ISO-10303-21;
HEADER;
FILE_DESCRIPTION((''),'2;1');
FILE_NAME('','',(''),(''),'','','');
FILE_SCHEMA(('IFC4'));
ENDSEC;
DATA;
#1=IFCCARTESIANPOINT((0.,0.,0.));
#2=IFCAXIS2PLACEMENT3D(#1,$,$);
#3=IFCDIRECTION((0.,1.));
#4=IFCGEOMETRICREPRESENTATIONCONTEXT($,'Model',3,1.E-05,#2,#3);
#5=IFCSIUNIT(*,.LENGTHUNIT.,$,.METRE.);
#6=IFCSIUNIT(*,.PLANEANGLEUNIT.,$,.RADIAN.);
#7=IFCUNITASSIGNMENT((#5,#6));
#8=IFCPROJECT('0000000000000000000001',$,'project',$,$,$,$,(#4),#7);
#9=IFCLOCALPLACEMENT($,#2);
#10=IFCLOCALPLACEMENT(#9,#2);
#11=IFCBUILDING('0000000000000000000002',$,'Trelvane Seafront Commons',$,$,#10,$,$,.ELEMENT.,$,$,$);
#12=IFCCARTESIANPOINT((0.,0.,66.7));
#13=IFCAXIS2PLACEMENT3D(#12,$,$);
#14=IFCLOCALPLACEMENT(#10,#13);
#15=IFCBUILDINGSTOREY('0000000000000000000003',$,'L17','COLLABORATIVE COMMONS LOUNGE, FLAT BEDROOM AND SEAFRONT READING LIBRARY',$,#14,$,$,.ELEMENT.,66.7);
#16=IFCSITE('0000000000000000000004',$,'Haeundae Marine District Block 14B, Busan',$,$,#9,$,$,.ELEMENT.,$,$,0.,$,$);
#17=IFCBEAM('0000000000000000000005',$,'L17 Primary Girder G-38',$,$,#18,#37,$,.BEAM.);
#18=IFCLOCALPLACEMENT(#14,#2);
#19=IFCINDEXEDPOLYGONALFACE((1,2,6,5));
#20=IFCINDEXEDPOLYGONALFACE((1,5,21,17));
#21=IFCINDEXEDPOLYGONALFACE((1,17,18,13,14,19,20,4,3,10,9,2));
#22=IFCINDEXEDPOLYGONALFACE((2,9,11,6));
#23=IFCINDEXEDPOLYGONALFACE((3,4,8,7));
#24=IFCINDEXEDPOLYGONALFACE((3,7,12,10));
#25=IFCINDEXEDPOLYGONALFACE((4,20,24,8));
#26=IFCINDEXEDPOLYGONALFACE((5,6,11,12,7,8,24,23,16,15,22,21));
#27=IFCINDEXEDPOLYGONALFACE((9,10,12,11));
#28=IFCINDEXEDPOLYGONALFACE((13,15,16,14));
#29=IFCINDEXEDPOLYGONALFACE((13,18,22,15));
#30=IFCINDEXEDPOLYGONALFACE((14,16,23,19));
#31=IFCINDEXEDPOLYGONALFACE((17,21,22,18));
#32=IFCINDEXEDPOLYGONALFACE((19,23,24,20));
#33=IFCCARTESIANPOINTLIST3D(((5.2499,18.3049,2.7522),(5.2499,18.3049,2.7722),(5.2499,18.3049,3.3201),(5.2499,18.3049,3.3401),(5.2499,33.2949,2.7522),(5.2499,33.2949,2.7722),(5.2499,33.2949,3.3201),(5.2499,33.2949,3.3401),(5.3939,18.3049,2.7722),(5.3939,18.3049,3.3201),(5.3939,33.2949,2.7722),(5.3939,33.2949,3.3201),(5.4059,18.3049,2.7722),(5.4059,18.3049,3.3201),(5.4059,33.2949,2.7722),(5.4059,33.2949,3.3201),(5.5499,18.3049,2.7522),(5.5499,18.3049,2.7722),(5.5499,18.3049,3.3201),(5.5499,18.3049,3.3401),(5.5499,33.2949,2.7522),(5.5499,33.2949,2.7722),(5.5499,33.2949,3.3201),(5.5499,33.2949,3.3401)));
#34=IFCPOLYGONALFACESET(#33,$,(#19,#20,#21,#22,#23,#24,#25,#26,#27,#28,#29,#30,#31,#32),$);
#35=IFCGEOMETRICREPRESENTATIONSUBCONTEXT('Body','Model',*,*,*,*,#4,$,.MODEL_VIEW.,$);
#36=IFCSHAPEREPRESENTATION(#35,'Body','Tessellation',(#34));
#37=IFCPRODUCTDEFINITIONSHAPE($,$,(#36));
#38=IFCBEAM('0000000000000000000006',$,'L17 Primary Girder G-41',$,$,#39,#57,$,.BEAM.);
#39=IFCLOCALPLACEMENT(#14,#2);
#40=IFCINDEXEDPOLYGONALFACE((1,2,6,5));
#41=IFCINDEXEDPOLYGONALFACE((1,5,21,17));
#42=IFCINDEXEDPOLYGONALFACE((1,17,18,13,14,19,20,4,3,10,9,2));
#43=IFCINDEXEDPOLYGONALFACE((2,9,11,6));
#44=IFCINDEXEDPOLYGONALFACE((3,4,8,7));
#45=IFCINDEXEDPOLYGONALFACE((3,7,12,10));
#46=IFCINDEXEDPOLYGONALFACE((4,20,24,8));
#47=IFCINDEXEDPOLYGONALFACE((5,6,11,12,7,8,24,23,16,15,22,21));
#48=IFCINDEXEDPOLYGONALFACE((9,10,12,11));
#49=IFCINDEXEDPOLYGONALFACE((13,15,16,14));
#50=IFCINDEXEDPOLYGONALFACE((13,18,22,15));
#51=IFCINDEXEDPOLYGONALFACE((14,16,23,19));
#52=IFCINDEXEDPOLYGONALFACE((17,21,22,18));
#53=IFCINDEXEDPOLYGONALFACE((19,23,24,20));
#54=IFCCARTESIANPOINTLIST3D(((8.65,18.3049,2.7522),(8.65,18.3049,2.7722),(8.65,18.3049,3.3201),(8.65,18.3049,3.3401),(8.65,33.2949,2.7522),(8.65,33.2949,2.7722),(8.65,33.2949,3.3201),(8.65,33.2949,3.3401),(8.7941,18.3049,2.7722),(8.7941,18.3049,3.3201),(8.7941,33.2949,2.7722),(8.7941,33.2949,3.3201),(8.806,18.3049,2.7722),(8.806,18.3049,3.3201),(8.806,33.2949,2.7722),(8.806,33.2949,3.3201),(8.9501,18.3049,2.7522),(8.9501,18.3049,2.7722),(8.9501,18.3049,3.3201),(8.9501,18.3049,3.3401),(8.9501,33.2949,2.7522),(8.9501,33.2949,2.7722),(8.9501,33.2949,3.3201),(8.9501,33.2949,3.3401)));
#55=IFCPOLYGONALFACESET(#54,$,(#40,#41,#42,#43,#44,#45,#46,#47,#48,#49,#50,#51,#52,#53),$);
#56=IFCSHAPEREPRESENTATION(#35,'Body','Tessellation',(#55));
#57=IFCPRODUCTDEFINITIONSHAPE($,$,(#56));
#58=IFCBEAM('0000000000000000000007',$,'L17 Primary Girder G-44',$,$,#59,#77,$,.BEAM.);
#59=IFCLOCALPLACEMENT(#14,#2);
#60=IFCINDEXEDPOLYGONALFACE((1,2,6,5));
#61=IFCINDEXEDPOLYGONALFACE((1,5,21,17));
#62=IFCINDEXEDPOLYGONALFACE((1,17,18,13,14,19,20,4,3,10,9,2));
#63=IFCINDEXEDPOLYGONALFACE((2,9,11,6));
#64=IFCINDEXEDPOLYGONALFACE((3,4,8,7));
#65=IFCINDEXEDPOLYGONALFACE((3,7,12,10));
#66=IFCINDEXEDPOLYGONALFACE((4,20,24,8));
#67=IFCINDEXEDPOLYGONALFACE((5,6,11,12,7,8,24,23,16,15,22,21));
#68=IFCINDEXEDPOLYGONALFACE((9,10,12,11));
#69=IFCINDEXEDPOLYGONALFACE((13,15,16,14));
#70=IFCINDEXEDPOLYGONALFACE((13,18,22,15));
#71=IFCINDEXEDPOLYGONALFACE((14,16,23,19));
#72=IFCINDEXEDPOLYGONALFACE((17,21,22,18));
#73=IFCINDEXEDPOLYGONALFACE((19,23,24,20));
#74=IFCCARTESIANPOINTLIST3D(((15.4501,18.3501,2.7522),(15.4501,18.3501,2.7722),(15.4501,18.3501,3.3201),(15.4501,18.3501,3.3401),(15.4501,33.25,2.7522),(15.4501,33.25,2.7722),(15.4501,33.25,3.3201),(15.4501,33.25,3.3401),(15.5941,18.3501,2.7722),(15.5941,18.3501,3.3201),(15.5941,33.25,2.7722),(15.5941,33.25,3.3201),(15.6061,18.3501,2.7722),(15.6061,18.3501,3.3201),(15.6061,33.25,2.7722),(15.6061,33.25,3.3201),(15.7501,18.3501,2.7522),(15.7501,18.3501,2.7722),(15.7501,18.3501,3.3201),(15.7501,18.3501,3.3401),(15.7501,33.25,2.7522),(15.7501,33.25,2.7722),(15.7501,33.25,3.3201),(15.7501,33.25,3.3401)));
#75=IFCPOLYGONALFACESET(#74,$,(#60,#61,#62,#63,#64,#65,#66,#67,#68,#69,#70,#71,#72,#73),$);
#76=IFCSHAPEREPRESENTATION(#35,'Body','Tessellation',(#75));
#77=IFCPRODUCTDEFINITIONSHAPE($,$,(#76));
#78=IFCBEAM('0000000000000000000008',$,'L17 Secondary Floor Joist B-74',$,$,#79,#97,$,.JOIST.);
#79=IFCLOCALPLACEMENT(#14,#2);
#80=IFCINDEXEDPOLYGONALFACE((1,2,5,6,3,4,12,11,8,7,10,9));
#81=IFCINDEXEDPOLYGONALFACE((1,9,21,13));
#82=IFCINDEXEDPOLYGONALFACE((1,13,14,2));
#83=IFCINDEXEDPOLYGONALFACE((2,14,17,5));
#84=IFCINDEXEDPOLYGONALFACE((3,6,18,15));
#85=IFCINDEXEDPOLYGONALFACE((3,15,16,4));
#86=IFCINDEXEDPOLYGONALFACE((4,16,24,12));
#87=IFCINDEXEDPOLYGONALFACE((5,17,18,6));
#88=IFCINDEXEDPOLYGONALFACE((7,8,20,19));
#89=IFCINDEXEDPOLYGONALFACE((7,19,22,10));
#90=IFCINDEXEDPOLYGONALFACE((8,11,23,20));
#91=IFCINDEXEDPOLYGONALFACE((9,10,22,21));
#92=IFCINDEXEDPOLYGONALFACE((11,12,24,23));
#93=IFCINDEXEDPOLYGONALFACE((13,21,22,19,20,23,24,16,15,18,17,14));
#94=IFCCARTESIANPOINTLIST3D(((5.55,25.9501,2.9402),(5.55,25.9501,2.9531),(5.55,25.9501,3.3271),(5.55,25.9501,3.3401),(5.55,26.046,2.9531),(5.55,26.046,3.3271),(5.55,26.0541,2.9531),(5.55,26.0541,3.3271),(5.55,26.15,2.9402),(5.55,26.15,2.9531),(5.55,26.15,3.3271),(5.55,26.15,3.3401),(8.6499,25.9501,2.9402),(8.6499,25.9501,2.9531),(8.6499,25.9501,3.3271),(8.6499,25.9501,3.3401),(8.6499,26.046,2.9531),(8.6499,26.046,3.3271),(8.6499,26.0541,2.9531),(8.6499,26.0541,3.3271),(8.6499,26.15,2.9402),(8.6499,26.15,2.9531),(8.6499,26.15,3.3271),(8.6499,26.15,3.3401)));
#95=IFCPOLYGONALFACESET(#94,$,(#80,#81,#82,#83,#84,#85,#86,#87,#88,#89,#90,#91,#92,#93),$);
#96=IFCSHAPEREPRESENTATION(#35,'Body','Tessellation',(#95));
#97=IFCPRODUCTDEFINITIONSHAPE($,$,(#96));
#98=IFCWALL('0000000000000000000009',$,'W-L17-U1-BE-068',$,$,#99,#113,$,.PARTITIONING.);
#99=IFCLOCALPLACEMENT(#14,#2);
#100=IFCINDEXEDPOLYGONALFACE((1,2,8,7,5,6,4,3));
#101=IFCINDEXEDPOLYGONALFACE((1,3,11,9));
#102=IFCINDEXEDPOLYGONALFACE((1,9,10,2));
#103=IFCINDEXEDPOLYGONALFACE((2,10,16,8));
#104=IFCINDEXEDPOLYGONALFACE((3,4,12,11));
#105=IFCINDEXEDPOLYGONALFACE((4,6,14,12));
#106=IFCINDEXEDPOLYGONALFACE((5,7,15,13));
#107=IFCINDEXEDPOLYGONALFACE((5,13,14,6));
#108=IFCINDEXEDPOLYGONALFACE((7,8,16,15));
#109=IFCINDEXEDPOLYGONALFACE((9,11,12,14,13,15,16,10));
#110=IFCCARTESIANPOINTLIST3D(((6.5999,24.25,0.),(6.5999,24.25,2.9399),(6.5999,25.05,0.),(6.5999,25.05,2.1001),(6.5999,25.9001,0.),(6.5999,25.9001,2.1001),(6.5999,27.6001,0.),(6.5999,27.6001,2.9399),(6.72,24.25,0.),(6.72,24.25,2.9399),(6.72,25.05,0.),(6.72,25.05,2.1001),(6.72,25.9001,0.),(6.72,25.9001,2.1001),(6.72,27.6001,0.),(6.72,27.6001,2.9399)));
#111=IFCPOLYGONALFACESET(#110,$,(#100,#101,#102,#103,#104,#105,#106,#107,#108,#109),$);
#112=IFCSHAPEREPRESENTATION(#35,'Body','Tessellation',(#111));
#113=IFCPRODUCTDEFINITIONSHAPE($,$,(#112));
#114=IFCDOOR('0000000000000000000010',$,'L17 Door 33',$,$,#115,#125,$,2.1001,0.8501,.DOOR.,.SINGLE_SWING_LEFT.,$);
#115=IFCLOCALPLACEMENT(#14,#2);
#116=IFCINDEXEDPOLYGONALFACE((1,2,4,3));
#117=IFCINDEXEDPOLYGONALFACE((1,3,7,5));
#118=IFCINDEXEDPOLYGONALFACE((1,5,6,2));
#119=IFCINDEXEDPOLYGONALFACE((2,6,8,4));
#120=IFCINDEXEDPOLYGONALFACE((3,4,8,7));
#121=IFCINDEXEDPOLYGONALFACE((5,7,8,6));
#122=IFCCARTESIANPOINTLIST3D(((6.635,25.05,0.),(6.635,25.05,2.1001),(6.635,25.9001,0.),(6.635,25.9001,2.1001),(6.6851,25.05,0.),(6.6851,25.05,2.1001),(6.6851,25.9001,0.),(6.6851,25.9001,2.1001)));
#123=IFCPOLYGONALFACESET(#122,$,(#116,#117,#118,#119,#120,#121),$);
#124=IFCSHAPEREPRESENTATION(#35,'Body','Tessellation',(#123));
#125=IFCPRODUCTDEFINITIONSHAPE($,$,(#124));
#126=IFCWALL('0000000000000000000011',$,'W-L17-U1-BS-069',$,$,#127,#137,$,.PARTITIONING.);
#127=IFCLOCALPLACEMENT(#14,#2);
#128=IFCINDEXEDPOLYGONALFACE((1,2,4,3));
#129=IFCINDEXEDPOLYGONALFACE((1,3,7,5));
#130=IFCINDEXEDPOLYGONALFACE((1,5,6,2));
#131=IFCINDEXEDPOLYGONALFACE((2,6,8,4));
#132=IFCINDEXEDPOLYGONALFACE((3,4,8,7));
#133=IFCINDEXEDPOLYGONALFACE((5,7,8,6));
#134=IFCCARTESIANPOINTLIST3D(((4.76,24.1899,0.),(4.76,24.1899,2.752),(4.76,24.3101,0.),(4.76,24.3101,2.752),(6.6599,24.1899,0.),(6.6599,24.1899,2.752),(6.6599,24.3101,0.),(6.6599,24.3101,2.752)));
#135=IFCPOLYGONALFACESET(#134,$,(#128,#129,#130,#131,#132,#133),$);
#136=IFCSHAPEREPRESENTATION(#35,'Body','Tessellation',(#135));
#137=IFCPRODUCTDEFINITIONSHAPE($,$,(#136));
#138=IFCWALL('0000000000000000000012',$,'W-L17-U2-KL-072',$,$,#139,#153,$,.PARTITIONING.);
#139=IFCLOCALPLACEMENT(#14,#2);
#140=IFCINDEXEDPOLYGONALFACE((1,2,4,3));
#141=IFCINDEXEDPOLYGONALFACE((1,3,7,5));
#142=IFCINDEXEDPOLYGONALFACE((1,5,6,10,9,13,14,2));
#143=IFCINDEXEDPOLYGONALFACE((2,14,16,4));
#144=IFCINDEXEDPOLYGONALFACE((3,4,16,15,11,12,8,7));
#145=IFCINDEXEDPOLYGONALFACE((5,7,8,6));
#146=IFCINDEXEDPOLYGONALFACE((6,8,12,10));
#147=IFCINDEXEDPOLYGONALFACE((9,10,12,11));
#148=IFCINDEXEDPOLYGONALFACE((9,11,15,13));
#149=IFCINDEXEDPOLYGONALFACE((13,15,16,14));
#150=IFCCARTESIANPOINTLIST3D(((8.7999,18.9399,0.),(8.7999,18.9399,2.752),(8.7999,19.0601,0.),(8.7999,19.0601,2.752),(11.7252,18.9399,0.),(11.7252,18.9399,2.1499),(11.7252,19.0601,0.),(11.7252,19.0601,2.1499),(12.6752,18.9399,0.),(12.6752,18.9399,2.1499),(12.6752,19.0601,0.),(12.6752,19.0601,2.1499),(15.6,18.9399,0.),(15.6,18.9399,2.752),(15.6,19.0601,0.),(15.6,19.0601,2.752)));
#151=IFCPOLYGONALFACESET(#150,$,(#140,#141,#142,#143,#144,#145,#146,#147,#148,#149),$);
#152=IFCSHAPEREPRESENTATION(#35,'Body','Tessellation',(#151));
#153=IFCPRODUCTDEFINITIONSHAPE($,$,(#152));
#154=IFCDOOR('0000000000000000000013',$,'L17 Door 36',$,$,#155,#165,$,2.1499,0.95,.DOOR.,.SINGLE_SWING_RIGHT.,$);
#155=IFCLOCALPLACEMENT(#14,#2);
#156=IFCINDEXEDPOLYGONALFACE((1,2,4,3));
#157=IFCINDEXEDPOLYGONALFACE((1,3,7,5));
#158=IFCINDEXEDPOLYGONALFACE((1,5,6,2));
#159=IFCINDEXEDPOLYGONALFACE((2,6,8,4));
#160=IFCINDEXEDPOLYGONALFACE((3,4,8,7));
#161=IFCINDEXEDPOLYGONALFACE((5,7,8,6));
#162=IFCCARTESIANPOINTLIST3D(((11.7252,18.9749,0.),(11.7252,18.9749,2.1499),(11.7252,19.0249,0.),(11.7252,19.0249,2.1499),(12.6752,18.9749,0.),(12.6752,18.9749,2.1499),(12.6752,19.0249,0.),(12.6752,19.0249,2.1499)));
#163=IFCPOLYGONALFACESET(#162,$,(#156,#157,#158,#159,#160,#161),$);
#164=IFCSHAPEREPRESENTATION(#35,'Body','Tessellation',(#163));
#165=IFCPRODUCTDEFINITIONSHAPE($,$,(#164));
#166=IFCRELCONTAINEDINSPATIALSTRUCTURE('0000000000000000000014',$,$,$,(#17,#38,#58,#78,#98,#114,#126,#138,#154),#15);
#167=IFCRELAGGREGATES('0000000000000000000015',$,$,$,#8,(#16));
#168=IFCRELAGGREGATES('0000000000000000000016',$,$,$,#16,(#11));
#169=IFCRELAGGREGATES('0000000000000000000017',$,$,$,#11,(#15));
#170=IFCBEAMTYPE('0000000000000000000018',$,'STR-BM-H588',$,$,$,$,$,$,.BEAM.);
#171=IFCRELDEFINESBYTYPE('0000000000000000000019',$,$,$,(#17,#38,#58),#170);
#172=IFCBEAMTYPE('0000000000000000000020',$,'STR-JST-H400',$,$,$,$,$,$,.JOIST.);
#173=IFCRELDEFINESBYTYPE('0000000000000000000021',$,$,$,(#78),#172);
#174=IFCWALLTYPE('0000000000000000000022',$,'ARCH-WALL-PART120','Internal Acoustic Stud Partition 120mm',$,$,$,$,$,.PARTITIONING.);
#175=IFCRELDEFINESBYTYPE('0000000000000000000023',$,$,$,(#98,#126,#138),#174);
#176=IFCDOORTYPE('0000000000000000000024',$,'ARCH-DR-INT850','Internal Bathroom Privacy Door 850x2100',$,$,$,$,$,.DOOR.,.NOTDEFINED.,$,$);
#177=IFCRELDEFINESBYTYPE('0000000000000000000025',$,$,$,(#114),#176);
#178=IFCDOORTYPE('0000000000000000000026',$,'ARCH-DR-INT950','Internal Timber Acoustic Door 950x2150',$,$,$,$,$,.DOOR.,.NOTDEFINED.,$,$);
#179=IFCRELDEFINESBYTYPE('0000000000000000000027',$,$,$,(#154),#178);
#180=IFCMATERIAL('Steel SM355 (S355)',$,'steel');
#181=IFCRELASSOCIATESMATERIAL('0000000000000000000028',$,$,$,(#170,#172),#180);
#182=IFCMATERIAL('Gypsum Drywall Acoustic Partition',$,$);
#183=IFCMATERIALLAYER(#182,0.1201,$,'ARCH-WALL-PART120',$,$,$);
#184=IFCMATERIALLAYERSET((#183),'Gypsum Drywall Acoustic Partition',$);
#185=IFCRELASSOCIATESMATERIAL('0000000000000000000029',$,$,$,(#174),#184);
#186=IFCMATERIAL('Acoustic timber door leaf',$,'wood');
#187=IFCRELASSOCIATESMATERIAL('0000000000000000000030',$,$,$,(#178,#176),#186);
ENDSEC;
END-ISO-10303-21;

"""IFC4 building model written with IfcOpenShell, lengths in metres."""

from ifc_helpers import new_model, si_unit, direction, frame, frame_2d, origin, origin_2d, place, context, subcontext, project, spatial, rectangle, i_section, extrude, source, transform, mapped, material, layer, layer_set, material_profile, profile_set, type_object, element, fill, save


model = new_model("IFC4")

# Units and contexts
model_context = context("Model", 3, precision=1e-05, world=origin(), true_north=direction((0.0, 1.0)))
body_context = subcontext(model_context, "Body", "Model", "MODEL_VIEW")
ifc_project = project(units=[si_unit("LENGTHUNIT", "METRE"), si_unit("PLANEANGLEUNIT", "RADIAN")], contexts=[model_context])

# Site, building, storey
site_placement = place(None, origin())
site = spatial("IfcSite", under=ifc_project, at=site_placement, Name="Haeundae Marine District Block 14B, Busan", CompositionType="ELEMENT", RefElevation=0.0)
building_placement = place(site_placement, origin())
building = spatial("IfcBuilding", under=site, at=building_placement, Name="Trelvane Seafront Commons", CompositionType="ELEMENT")
storey_placement = place(building_placement, frame((0.0, 0.0, 66.7)))
storey = spatial("IfcBuildingStorey", under=building, at=storey_placement, Name="L17", Description="COLLABORATIVE COMMONS LOUNGE, FLAT BEDROOM AND SEAFRONT READING LIBRARY", CompositionType="ELEMENT", Elevation=66.7)

# Beams
ifc_material_1 = material(Name="Steel SM355 (S355)", Category="steel")
ifc_material_profile_1 = material_profile(ifc_material_1, i_section(OverallWidth=0.3, OverallDepth=0.5879, WebThickness=0.012, FlangeThickness=0.02, at=origin_2d()), Name="H-588x300x12x20")
ifc_profile_set_1 = profile_set([ifc_material_profile_1], Name="Steel SM355 (S355)")
beam_type_1 = type_object("IfcBeamType", Name="STR-BM-H588", PredefinedType="BEAM", material=ifc_profile_set_1)
shared_shape_1 = source(origin(), body_context, "Body", "SweptSolid", [
    extrude(i_section(OverallWidth=0.3, OverallDepth=0.5879, WebThickness=0.012, FlangeThickness=0.02, at=origin_2d()), origin(), (0.0, 0.0, 1.0), 14.99),
])
for number, where, z_axis, x_axis, name in (
    (1, (5.3999, 18.3049, 3.0461), (0.0, 1.0, 0.0), (-1.0, 0.0, 0.0), "L17 Primary Girder G-38"),
    (2, (8.8, 18.3049, 3.0461), (0.0, 1.0, 0.0), (-1.0, 0.0, 0.0), "L17 Primary Girder G-41"),
):
    element("IfcBeam", number, at=place(storey_placement, frame(where, z_axis=z_axis, x_axis=x_axis)), inside=storey, type_object=beam_type_1, Name=name, PredefinedType="BEAM", context=body_context, shape_type="MappedRepresentation", body=[
        mapped(shared_shape_1, transform((0.0, 0.0, 0.0), x_axis=(1.0, 0.0, 0.0), y_axis=(0.0, 1.0, 0.0), z_axis=(0.0, 0.0, 1.0), scale=1.0)),
    ])
shared_shape_2 = source(origin(), body_context, "Body", "SweptSolid", [
    extrude(i_section(OverallWidth=0.3, OverallDepth=0.5879, WebThickness=0.012, FlangeThickness=0.02, at=origin_2d()), origin(), (0.0, 0.0, 1.0), 14.8999),
])
beam_1_placement = place(storey_placement, frame((15.6001, 18.3501, 3.0461), z_axis=(0.0, 1.0, 0.0), x_axis=(-1.0, 0.0, 0.0)))
element("IfcBeam", 3, at=beam_1_placement, inside=storey, type_object=beam_type_1, Name="L17 Primary Girder G-44", PredefinedType="BEAM", context=body_context, shape_type="MappedRepresentation", body=[
    mapped(shared_shape_2, transform((0.0, 0.0, 0.0), x_axis=(1.0, 0.0, 0.0), y_axis=(0.0, 1.0, 0.0), z_axis=(0.0, 0.0, 1.0), scale=1.0)),
])
ifc_material_profile_2 = material_profile(ifc_material_1, i_section(OverallWidth=0.2, OverallDepth=0.3999, WebThickness=0.0081, FlangeThickness=0.0129, at=origin_2d()), Name="H-400x200x8x13")
ifc_profile_set_2 = profile_set([ifc_material_profile_2], Name="Steel SM355 (S355)")
beam_type_2 = type_object("IfcBeamType", Name="STR-JST-H400", PredefinedType="JOIST", material=ifc_profile_set_2)
shared_shape_3 = source(origin(), body_context, "Body", "SweptSolid", [
    extrude(i_section(OverallWidth=0.2, OverallDepth=0.3999, WebThickness=0.0081, FlangeThickness=0.0129, at=origin_2d()), origin(), (0.0, 0.0, 1.0), 3.0999),
])
beam_2_placement = place(storey_placement, frame((5.55, 26.05, 3.1401), z_axis=(1.0, 0.0, 0.0), x_axis=(0.0, 1.0, 0.0)))
element("IfcBeam", 4, at=beam_2_placement, inside=storey, type_object=beam_type_2, Name="L17 Secondary Floor Joist B-74", PredefinedType="JOIST", context=body_context, shape_type="MappedRepresentation", body=[
    mapped(shared_shape_3, transform((0.0, 0.0, 0.0), x_axis=(1.0, 0.0, 0.0), y_axis=(0.0, 1.0, 0.0), z_axis=(0.0, 0.0, 1.0), scale=1.0)),
])

# Wall, opening, door
ifc_material_2 = material(Name="Gypsum Drywall Acoustic Partition")
ifc_layer_1 = layer(ifc_material_2, 0.1201, Name="ARCH-WALL-PART120")
ifc_layer_set_1 = layer_set([ifc_layer_1], Name="Gypsum Drywall Acoustic Partition")
wall_type = type_object("IfcWallType", Name="ARCH-WALL-PART120", Description="Internal Acoustic Stud Partition 120mm", PredefinedType="PARTITIONING", material=ifc_layer_set_1)
ifc_material_3 = material(Name="Acoustic timber door leaf", Category="wood")
door_type_1 = type_object("IfcDoorType", Name="ARCH-DR-INT950", Description="Internal Timber Acoustic Door 950x2150", OperationType="NOTDEFINED", PredefinedType="DOOR", material=ifc_material_3)
shared_shape_4 = source(origin(), body_context, "Body", "SweptSolid", [
    extrude(rectangle(XDim=0.95, YDim=2.1499, at=frame_2d((0.4751, 1.075))), frame((0.0, 0.0249, 0.0), z_axis=(0.0, -1.0, 0.0), x_axis=(1.0, 0.0, 0.0)), (0.0, 0.0, 1.0), 0.05),
])
wall_1_placement = place(storey_placement, frame((6.6599, 24.25, 0.0), z_axis=(0.0, 0.0, 1.0), x_axis=(0.0, 1.0, 0.0)))
wall_1 = element("IfcWall", 5, at=wall_1_placement, inside=storey, type_object=wall_type, Name="W-L17-U1-BE-068", PredefinedType="PARTITIONING", context=body_context, shape_type="SweptSolid", body=[
    extrude(rectangle(XDim=3.3501, YDim=0.1201, at=frame_2d((1.675, 0.0))), origin(), (0.0, 0.0, 1.0), 2.9399),
])
opening_1_placement = place(wall_1_placement, frame((0.8, 0.0, 0.0)))
opening_1 = element("IfcOpeningElement", 6, at=opening_1_placement, cuts=wall_1, PredefinedType="OPENING", context=body_context, shape_type="SweptSolid", body=[
    extrude(rectangle(XDim=0.8501, YDim=2.1001, at=frame_2d((0.425, 1.05))), frame((0.0, 0.0701, 0.0), z_axis=(0.0, -1.0, 0.0), x_axis=(1.0, 0.0, 0.0)), (0.0, 0.0, 1.0), 0.1401),
])
door_type_2 = type_object("IfcDoorType", Name="ARCH-DR-INT850", Description="Internal Bathroom Privacy Door 850x2100", OperationType="NOTDEFINED", PredefinedType="DOOR", material=ifc_material_3)
shared_shape_5 = source(origin(), body_context, "Body", "SweptSolid", [
    extrude(rectangle(XDim=0.8501, YDim=2.1001, at=frame_2d((0.425, 1.05))), frame((0.0, 0.0249, 0.0), z_axis=(0.0, -1.0, 0.0), x_axis=(1.0, 0.0, 0.0)), (0.0, 0.0, 1.0), 0.05),
])
door_1_placement = place(opening_1_placement, origin())
door_1 = element("IfcDoor", 7, at=door_1_placement, inside=storey, type_object=door_type_2, Name="L17 Door 33", OperationType="SINGLE_SWING_LEFT", OverallHeight=2.1001, OverallWidth=0.8501, PredefinedType="DOOR", context=body_context, shape_type="MappedRepresentation", body=[
    mapped(shared_shape_5, transform((0.0, 0.0, 0.0), x_axis=(1.0, 0.0, 0.0), y_axis=(0.0, 1.0, 0.0), z_axis=(0.0, 0.0, 1.0), scale=1.0)),
])
fill(opening_1, door_1)

# Wall
wall_2_placement = place(storey_placement, frame((4.76, 24.25, 0.0), z_axis=(0.0, 0.0, 1.0), x_axis=(1.0, 0.0, 0.0)))
element("IfcWall", 8, at=wall_2_placement, inside=storey, type_object=wall_type, Name="W-L17-U1-BS-069", PredefinedType="PARTITIONING", context=body_context, shape_type="SweptSolid", body=[
    extrude(rectangle(XDim=1.8999, YDim=0.1201, at=frame_2d((0.95, 0.0))), origin(), (0.0, 0.0, 1.0), 2.752),
])

# Wall, opening, door
wall_3_placement = place(storey_placement, frame((8.8, 19.0, 0.0), z_axis=(0.0, 0.0, 1.0), x_axis=(1.0, 0.0, 0.0)))
wall_3 = element("IfcWall", 9, at=wall_3_placement, inside=storey, type_object=wall_type, Name="W-L17-U2-KL-072", PredefinedType="PARTITIONING", context=body_context, shape_type="SweptSolid", body=[
    extrude(rectangle(XDim=6.8, YDim=0.1201, at=frame_2d((3.3999, 0.0))), origin(), (0.0, 0.0, 1.0), 2.752),
])
opening_2_placement = place(wall_3_placement, frame((2.925, 0.0, 0.0)))
opening_2 = element("IfcOpeningElement", 10, at=opening_2_placement, cuts=wall_3, PredefinedType="OPENING", context=body_context, shape_type="SweptSolid", body=[
    extrude(rectangle(XDim=0.95, YDim=2.1499, at=frame_2d((0.4751, 1.075))), frame((0.0, 0.0701, 0.0), z_axis=(0.0, -1.0, 0.0), x_axis=(1.0, 0.0, 0.0)), (0.0, 0.0, 1.0), 0.1401),
])
door_2_placement = place(opening_2_placement, origin())
door_2 = element("IfcDoor", 11, at=door_2_placement, inside=storey, type_object=door_type_1, Name="L17 Door 36", OperationType="SINGLE_SWING_RIGHT", OverallHeight=2.1499, OverallWidth=0.95, PredefinedType="DOOR", context=body_context, shape_type="MappedRepresentation", body=[
    mapped(shared_shape_4, transform((0.0, 0.0, 0.0), x_axis=(1.0, 0.0, 0.0), y_axis=(0.0, 1.0, 0.0), z_axis=(0.0, 0.0, 1.0), scale=1.0)),
])
fill(opening_2, door_2)

save(model, "model.ifc")
